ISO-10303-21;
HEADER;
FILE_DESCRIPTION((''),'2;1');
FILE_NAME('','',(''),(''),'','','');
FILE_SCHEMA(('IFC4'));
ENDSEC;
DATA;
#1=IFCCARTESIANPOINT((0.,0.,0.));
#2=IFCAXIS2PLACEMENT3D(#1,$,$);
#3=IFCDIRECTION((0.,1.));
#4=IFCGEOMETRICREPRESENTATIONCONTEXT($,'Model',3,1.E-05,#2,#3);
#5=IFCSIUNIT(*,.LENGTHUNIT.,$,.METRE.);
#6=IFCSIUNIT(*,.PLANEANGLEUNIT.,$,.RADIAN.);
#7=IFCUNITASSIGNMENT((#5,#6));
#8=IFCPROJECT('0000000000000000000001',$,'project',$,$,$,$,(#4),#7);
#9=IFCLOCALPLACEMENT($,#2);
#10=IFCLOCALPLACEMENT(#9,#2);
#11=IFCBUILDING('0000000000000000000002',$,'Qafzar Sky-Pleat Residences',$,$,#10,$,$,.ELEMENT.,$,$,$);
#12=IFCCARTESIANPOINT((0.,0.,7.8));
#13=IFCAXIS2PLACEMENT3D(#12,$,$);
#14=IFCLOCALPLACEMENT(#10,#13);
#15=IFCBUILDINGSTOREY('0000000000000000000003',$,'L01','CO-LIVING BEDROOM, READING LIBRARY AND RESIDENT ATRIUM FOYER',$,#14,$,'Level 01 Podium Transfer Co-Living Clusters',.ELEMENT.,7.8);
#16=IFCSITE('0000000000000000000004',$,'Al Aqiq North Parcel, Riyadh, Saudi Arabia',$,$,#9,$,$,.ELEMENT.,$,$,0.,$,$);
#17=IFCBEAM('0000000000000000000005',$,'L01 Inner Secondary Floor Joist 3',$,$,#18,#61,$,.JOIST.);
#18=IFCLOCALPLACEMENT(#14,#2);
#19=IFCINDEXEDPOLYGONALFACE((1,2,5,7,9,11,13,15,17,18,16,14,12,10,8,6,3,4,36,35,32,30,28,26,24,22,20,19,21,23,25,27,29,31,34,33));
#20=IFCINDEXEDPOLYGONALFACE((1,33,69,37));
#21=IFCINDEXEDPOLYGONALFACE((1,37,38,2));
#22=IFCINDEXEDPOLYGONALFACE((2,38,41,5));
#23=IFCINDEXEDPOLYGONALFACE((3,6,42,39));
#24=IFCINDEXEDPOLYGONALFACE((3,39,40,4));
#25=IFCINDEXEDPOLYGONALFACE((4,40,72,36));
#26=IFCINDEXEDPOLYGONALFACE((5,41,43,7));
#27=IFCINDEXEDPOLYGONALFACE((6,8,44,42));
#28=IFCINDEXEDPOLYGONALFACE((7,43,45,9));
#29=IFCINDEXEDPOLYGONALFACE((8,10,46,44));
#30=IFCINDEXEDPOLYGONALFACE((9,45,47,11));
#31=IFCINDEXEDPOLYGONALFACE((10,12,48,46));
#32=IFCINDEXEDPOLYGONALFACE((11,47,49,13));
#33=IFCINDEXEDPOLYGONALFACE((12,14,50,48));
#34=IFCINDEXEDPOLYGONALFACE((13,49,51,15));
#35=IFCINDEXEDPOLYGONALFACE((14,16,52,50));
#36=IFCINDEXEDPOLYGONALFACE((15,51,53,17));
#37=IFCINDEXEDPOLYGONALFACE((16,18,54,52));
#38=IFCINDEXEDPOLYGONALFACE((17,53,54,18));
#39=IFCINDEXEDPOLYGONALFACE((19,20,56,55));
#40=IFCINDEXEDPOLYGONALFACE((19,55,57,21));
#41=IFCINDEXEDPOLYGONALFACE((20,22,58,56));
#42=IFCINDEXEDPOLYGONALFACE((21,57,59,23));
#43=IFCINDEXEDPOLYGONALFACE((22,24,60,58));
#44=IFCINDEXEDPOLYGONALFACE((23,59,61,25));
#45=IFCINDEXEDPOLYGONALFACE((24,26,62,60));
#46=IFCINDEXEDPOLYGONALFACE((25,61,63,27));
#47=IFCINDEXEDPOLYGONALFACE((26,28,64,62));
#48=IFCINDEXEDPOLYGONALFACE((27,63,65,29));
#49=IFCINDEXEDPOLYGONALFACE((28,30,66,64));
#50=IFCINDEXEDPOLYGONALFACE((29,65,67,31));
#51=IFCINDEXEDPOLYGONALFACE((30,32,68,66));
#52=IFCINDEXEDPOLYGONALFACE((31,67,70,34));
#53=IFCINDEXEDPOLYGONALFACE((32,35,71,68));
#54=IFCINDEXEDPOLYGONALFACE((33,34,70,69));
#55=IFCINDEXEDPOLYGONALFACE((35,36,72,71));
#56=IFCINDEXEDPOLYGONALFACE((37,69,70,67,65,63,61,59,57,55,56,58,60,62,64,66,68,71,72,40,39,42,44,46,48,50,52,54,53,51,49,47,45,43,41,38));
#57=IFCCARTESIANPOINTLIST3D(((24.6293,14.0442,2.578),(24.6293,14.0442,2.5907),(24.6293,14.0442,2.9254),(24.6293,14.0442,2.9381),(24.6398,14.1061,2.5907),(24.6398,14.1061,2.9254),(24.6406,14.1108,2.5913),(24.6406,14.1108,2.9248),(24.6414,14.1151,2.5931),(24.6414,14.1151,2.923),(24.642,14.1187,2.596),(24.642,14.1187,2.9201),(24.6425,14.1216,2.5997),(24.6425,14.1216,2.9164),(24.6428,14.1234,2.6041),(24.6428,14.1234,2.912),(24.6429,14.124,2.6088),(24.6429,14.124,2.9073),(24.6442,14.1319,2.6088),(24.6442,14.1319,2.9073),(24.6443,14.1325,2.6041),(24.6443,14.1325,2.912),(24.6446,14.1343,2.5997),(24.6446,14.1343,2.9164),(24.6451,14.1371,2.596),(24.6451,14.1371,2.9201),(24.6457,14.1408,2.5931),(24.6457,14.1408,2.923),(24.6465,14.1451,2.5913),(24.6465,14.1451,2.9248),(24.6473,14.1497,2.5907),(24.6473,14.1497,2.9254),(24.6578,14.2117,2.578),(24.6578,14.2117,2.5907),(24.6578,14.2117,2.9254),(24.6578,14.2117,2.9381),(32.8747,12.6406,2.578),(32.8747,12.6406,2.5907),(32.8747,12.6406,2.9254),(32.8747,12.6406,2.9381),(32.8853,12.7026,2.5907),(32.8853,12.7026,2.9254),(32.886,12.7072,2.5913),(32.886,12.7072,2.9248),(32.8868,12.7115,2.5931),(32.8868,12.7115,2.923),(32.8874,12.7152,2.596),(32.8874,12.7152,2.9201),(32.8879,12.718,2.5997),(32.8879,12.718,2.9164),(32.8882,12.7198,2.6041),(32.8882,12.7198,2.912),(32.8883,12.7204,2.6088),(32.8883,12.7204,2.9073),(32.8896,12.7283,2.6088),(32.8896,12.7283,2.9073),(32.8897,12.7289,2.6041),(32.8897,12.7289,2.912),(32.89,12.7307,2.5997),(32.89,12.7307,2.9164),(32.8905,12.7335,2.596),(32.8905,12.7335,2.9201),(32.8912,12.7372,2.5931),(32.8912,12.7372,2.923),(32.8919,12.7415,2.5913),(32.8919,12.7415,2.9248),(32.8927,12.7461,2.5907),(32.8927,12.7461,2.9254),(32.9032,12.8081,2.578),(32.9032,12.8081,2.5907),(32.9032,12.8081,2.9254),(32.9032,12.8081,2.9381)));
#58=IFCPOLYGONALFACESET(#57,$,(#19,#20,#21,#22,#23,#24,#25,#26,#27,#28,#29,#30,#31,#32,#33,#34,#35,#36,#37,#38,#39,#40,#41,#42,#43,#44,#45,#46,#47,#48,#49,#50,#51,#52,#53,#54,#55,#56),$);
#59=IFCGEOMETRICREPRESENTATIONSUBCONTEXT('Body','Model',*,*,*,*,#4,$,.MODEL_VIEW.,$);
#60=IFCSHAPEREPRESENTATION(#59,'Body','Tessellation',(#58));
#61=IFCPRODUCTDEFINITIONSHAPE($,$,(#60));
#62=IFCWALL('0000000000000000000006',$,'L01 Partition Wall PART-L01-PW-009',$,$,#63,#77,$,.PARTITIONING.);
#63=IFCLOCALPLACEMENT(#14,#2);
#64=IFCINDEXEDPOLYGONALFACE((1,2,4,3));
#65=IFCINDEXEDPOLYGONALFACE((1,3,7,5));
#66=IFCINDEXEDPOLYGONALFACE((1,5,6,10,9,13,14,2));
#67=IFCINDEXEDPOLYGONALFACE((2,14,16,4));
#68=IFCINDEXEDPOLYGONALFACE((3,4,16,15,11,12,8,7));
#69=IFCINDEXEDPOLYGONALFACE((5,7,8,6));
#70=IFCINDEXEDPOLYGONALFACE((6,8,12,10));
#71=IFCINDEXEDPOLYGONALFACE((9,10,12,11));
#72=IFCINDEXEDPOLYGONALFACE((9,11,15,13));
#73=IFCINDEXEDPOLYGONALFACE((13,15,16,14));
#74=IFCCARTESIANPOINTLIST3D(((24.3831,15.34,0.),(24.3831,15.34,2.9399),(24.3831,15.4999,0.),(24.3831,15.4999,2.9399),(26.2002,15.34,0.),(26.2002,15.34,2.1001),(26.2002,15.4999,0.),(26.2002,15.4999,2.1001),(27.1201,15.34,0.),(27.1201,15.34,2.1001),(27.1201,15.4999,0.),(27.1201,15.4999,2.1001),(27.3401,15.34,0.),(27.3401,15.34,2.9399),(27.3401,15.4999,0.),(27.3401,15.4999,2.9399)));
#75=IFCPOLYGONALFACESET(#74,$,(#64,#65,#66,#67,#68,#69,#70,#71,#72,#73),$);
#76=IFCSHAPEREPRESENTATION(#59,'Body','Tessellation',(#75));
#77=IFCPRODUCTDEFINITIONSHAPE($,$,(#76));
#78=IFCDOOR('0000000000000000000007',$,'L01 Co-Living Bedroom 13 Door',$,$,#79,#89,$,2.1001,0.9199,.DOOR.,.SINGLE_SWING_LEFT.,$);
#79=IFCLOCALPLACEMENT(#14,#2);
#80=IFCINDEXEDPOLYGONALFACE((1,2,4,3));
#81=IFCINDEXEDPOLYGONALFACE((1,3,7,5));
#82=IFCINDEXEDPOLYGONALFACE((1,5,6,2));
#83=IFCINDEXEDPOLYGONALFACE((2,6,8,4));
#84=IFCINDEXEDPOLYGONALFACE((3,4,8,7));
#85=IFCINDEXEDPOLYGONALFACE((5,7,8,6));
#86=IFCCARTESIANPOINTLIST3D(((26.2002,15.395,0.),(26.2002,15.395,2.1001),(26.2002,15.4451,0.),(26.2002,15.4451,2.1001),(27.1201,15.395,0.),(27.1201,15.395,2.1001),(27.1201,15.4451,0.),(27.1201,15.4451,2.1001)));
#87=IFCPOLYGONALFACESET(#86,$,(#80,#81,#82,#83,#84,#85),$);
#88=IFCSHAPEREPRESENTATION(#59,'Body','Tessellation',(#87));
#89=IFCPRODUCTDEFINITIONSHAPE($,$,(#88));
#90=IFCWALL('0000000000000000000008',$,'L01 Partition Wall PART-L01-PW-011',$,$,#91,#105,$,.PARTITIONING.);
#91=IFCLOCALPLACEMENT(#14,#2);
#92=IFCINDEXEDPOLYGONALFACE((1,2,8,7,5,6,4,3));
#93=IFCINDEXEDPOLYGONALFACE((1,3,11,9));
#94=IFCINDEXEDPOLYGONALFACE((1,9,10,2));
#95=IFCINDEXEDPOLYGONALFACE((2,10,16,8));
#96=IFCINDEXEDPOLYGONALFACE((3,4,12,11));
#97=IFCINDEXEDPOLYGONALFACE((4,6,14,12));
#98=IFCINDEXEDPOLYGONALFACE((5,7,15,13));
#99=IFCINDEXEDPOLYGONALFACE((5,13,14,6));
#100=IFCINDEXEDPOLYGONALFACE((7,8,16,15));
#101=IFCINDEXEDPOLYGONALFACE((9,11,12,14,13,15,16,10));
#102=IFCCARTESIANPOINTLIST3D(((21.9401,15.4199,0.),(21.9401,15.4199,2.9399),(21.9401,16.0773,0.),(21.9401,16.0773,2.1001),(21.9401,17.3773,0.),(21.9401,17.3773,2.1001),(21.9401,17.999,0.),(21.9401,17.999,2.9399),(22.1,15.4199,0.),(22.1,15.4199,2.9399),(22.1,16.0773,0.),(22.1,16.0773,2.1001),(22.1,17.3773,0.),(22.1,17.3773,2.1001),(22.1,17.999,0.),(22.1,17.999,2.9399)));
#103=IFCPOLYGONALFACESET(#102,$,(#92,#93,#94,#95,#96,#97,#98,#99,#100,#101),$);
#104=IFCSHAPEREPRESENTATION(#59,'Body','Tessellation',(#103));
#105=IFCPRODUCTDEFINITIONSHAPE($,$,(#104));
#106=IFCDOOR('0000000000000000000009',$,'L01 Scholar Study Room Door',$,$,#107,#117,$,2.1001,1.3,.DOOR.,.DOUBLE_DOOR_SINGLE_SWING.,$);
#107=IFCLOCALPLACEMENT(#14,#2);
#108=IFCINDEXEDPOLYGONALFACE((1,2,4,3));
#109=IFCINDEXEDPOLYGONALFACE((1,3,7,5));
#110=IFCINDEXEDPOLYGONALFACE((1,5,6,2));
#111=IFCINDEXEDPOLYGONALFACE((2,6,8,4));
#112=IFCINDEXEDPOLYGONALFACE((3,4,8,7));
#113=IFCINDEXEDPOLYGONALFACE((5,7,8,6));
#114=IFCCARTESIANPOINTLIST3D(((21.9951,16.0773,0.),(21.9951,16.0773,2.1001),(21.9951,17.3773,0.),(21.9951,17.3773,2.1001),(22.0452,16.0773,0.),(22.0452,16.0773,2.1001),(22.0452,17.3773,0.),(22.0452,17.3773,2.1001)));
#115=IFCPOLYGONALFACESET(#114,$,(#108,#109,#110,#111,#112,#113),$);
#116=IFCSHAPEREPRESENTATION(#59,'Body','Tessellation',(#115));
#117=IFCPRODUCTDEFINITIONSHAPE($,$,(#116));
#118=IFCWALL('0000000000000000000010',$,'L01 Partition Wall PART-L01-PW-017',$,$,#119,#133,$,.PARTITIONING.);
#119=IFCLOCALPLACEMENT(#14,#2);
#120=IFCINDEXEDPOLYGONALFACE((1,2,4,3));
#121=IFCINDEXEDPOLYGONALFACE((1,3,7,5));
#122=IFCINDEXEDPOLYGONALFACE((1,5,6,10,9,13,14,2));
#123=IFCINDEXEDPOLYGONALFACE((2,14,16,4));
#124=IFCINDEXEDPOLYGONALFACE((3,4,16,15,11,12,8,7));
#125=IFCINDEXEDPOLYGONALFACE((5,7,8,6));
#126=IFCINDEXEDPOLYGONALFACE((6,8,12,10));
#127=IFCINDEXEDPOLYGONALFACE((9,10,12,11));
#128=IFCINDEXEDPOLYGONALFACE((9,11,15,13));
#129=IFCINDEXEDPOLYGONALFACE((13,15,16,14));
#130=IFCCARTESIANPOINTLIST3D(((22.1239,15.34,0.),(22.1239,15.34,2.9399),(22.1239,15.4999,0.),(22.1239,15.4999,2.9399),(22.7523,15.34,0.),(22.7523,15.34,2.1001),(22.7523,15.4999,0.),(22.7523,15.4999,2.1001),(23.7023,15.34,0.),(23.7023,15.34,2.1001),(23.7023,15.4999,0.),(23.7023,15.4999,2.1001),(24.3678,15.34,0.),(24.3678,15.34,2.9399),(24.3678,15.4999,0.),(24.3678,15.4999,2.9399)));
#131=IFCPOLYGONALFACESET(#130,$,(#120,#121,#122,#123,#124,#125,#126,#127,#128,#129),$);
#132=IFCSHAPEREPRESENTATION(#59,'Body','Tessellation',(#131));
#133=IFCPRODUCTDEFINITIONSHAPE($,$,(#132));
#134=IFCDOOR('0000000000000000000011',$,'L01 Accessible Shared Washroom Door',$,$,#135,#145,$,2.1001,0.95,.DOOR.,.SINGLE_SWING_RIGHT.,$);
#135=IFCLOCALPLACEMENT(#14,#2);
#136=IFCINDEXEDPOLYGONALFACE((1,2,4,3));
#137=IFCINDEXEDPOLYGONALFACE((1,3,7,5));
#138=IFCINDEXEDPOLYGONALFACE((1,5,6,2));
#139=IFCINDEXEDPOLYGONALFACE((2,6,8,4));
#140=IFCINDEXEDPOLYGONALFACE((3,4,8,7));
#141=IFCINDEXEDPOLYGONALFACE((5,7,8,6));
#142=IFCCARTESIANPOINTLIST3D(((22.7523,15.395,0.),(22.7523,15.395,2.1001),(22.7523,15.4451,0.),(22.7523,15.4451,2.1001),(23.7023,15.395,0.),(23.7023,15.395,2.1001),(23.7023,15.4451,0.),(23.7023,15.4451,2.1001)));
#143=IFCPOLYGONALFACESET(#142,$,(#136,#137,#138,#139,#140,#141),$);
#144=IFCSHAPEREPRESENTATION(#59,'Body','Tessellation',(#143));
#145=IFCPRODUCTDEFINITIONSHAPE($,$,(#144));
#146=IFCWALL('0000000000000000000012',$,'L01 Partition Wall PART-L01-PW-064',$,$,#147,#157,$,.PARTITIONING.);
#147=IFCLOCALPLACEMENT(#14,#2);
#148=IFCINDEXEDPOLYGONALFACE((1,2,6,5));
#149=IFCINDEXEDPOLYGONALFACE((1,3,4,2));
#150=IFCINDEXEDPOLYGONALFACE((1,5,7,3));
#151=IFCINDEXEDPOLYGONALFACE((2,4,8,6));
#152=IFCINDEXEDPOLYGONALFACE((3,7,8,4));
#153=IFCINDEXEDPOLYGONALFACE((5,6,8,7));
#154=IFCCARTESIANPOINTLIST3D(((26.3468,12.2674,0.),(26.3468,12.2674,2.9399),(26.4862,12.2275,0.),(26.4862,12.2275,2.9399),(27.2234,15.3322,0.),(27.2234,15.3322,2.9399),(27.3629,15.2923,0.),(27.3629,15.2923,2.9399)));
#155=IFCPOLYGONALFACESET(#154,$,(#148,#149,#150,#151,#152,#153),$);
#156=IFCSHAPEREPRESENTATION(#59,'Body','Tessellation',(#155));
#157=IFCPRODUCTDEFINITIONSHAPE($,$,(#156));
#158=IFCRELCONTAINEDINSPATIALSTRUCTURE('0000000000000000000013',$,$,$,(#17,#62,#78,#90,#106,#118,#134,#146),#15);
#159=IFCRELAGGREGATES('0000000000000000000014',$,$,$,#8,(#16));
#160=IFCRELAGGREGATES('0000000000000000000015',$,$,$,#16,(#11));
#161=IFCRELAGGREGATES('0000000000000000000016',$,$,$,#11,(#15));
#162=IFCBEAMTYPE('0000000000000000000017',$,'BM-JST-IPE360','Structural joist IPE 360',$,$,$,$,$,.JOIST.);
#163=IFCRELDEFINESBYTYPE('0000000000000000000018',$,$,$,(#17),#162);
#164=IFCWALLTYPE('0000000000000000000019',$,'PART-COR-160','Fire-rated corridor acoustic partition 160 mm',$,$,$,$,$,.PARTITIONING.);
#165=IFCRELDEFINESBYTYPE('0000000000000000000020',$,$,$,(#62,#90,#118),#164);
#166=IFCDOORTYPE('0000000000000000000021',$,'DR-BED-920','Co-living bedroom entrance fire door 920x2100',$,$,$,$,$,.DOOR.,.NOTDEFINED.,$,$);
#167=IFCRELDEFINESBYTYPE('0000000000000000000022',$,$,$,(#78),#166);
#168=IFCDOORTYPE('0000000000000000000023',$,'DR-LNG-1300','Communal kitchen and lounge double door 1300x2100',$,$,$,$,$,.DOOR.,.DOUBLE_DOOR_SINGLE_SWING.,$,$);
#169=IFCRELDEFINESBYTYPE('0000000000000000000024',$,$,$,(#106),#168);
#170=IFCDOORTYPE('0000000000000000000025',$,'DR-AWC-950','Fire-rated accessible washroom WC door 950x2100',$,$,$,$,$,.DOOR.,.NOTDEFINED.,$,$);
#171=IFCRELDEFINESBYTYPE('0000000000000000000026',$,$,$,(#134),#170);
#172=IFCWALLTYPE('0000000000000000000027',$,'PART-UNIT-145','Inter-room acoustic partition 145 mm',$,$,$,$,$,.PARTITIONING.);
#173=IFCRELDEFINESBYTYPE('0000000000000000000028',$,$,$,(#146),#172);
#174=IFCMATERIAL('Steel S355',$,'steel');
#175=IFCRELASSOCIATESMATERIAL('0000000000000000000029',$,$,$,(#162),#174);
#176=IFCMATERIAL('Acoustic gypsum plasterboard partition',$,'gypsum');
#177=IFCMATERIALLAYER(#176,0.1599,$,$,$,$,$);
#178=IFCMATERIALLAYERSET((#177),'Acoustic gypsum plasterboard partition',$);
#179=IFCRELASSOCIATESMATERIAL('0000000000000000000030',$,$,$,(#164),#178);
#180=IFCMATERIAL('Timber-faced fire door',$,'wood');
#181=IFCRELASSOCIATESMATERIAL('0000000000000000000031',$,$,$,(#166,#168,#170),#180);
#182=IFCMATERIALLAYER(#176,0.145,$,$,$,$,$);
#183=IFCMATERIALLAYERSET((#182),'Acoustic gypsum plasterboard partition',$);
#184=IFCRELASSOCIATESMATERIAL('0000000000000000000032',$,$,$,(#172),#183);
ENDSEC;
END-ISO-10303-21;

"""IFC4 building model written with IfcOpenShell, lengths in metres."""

from ifc_helpers import new_model, si_unit, direction, frame, frame_2d, origin, origin_2d, place, context, subcontext, project, spatial, rectangle, i_section, extrude, source, transform, mapped, material, layer, layer_set, material_profile, profile_set, type_object, element, fill, save


model = new_model("IFC4")

# Units and contexts
model_context = context("Model", 3, precision=1e-05, world=origin(), true_north=direction((0.0, 1.0)))
body_context = subcontext(model_context, "Body", "Model", "MODEL_VIEW")
ifc_project = project(units=[si_unit("LENGTHUNIT", "METRE"), si_unit("PLANEANGLEUNIT", "RADIAN")], contexts=[model_context])

# Site, building, storey
site_placement = place(None, origin())
site = spatial("IfcSite", under=ifc_project, at=site_placement, Name="Al Aqiq North Parcel, Riyadh, Saudi Arabia", CompositionType="ELEMENT", RefElevation=0.0)
building_placement = place(site_placement, origin())
building = spatial("IfcBuilding", under=site, at=building_placement, Name="Qafzar Sky-Pleat Residences", CompositionType="ELEMENT")
storey_placement = place(building_placement, frame((0.0, 0.0, 7.8)))
storey = spatial("IfcBuildingStorey", under=building, at=storey_placement, Name="L01", Description="CO-LIVING BEDROOM, READING LIBRARY AND RESIDENT ATRIUM FOYER", LongName="Level 01 Podium Transfer Co-Living Clusters", CompositionType="ELEMENT", Elevation=7.8)

# Beam
ifc_material_1 = material(Name="Steel S355", Category="steel")
ifc_material_profile = material_profile(ifc_material_1, i_section(OverallWidth=0.1699, OverallDepth=0.3601, WebThickness=0.0081, FlangeThickness=0.0127, FilletRadius=0.0181, at=origin_2d()), Name="IPE 360")
ifc_profile_set = profile_set([ifc_material_profile], Name="Steel S355")
beam_type = type_object("IfcBeamType", Name="BM-JST-IPE360", Description="Structural joist IPE 360", PredefinedType="JOIST", material=ifc_profile_set)
shared_shape_1 = source(origin(), body_context, "Body", "SweptSolid", [
    extrude(i_section(OverallWidth=0.1699, OverallDepth=0.3601, WebThickness=0.0081, FlangeThickness=0.0127, FilletRadius=0.0181, at=origin_2d()), origin(), (0.0, 0.0, 1.0), 8.364),
])
beam_placement = place(storey_placement, frame((24.6436, 14.1279, 2.7581), z_axis=(0.985819, -0.167811, 0.0), x_axis=(0.167811, 0.985819, 0.0)))
element("IfcBeam", 1, at=beam_placement, inside=storey, type_object=beam_type, Name="L01 Inner Secondary Floor Joist 3", PredefinedType="JOIST", context=body_context, shape_type="MappedRepresentation", body=[
    mapped(shared_shape_1, transform((0.0, 0.0, 0.0), x_axis=(1.0, 0.0, 0.0), y_axis=(0.0, 1.0, 0.0), z_axis=(0.0, 0.0, 1.0), scale=1.0)),
])

# Walls, openings, doors
ifc_material_2 = material(Name="Acoustic gypsum plasterboard partition", Category="gypsum")
ifc_layer_1 = layer(ifc_material_2, 0.1599)
ifc_layer_set_1 = layer_set([ifc_layer_1], Name="Acoustic gypsum plasterboard partition")
wall_type_1 = type_object("IfcWallType", Name="PART-COR-160", Description="Fire-rated corridor acoustic partition 160 mm", PredefinedType="PARTITIONING", material=ifc_layer_set_1)
wall_1_placement = place(storey_placement, frame((27.3401, 15.4199, 0.0), z_axis=(0.0, 0.0, 1.0), x_axis=(-1.0, 0.0, 0.0)))
wall_1 = element("IfcWall", 2, at=wall_1_placement, inside=storey, type_object=wall_type_1, Name="L01 Partition Wall PART-L01-PW-009", PredefinedType="PARTITIONING", context=body_context, shape_type="SweptSolid", body=[
    extrude(rectangle(XDim=2.957, YDim=0.1599, at=frame_2d((1.4785, 0.0))), origin(), (0.0, 0.0, 1.0), 2.9399),
])
opening_1_placement = place(wall_1_placement, frame((0.22, 0.0, 0.0)))
opening_1 = element("IfcOpeningElement", 3, at=opening_1_placement, cuts=wall_1, PredefinedType="OPENING", context=body_context, shape_type="SweptSolid", body=[
    extrude(rectangle(XDim=0.9199, YDim=2.1001, at=frame_2d((0.46, 1.05))), frame((0.0, 0.0898, 0.0), z_axis=(0.0, -1.0, 0.0), x_axis=(1.0, 0.0, 0.0)), (0.0, 0.0, 1.0), 0.1799),
])
ifc_material_3 = material(Name="Timber-faced fire door", Category="wood")
door_type_1 = type_object("IfcDoorType", Name="DR-BED-920", Description="Co-living bedroom entrance fire door 920x2100", OperationType="NOTDEFINED", PredefinedType="DOOR", material=ifc_material_3)
shared_shape_2 = source(origin(), body_context, "Body", "SweptSolid", [
    extrude(rectangle(XDim=0.9199, YDim=2.1001, at=frame_2d((0.46, 1.05))), frame((0.0, 0.0249, 0.0), z_axis=(0.0, -1.0, 0.0), x_axis=(1.0, 0.0, 0.0)), (0.0, 0.0, 1.0), 0.05),
])
door_1_placement = place(opening_1_placement, origin())
door_1 = element("IfcDoor", 4, at=door_1_placement, inside=storey, type_object=door_type_1, Name="L01 Co-Living Bedroom 13 Door", OperationType="SINGLE_SWING_LEFT", OverallHeight=2.1001, OverallWidth=0.9199, PredefinedType="DOOR", context=body_context, shape_type="MappedRepresentation", body=[
    mapped(shared_shape_2, transform((0.0, 0.0, 0.0), x_axis=(1.0, 0.0, 0.0), y_axis=(0.0, 1.0, 0.0), z_axis=(0.0, 0.0, 1.0), scale=1.0)),
])
fill(opening_1, door_1)
wall_2_placement = place(storey_placement, frame((22.02, 15.4199, 0.0), z_axis=(0.0, 0.0, 1.0), x_axis=(0.0, 1.0, 0.0)))
wall_2 = element("IfcWall", 5, at=wall_2_placement, inside=storey, type_object=wall_type_1, Name="L01 Partition Wall PART-L01-PW-011", PredefinedType="PARTITIONING", context=body_context, shape_type="SweptSolid", body=[
    extrude(rectangle(XDim=2.5791, YDim=0.1599, at=frame_2d((1.2896, 0.0))), origin(), (0.0, 0.0, 1.0), 2.9399),
])
opening_2_placement = place(wall_2_placement, frame((0.6575, 0.0, 0.0)))
opening_2 = element("IfcOpeningElement", 6, at=opening_2_placement, cuts=wall_2, PredefinedType="OPENING", context=body_context, shape_type="SweptSolid", body=[
    extrude(rectangle(XDim=1.3, YDim=2.1001, at=frame_2d((0.6499, 1.05))), frame((0.0, 0.0898, 0.0), z_axis=(0.0, -1.0, 0.0), x_axis=(1.0, 0.0, 0.0)), (0.0, 0.0, 1.0), 0.1799),
])
door_type_2 = type_object("IfcDoorType", Name="DR-LNG-1300", Description="Communal kitchen and lounge double door 1300x2100", OperationType="DOUBLE_DOOR_SINGLE_SWING", PredefinedType="DOOR", material=ifc_material_3)
shared_shape_3 = source(origin(), body_context, "Body", "SweptSolid", [
    extrude(rectangle(XDim=1.3, YDim=2.1001, at=frame_2d((0.6499, 1.05))), frame((0.0, 0.0249, 0.0), z_axis=(0.0, -1.0, 0.0), x_axis=(1.0, 0.0, 0.0)), (0.0, 0.0, 1.0), 0.05),
])
door_2_placement = place(opening_2_placement, origin())
door_2 = element("IfcDoor", 7, at=door_2_placement, inside=storey, type_object=door_type_2, Name="L01 Scholar Study Room Door", OperationType="DOUBLE_DOOR_SINGLE_SWING", OverallHeight=2.1001, OverallWidth=1.3, PredefinedType="DOOR", context=body_context, shape_type="MappedRepresentation", body=[
    mapped(shared_shape_3, transform((0.0, 0.0, 0.0), x_axis=(1.0, 0.0, 0.0), y_axis=(0.0, 1.0, 0.0), z_axis=(0.0, 0.0, 1.0), scale=1.0)),
])
fill(opening_2, door_2)
wall_3_placement = place(storey_placement, frame((24.3679, 15.4199, 0.0), z_axis=(0.0, 0.0, 1.0), x_axis=(-1.0, 0.0, 0.0)))
wall_3 = element("IfcWall", 8, at=wall_3_placement, inside=storey, type_object=wall_type_1, Name="L01 Partition Wall PART-L01-PW-017", PredefinedType="PARTITIONING", context=body_context, shape_type="SweptSolid", body=[
    extrude(rectangle(XDim=2.2439, YDim=0.1599, at=frame_2d((1.1221, 0.0))), origin(), (0.0, 0.0, 1.0), 2.9399),
])
opening_3_placement = place(wall_3_placement, frame((0.6655, 0.0, 0.0)))
opening_3 = element("IfcOpeningElement", 9, at=opening_3_placement, cuts=wall_3, PredefinedType="OPENING", context=body_context, shape_type="SweptSolid", body=[
    extrude(rectangle(XDim=0.95, YDim=2.1001, at=frame_2d((0.4751, 1.05))), frame((0.0, 0.0898, 0.0), z_axis=(0.0, -1.0, 0.0), x_axis=(1.0, 0.0, 0.0)), (0.0, 0.0, 1.0), 0.1799),
])
door_type_3 = type_object("IfcDoorType", Name="DR-AWC-950", Description="Fire-rated accessible washroom WC door 950x2100", OperationType="NOTDEFINED", PredefinedType="DOOR", material=ifc_material_3)
shared_shape_4 = source(origin(), body_context, "Body", "SweptSolid", [
    extrude(rectangle(XDim=0.95, YDim=2.1001, at=frame_2d((0.4751, 1.05))), frame((0.0, 0.0249, 0.0), z_axis=(0.0, -1.0, 0.0), x_axis=(1.0, 0.0, 0.0)), (0.0, 0.0, 1.0), 0.05),
])
door_3_placement = place(opening_3_placement, origin())
door_3 = element("IfcDoor", 10, at=door_3_placement, inside=storey, type_object=door_type_3, Name="L01 Accessible Shared Washroom Door", OperationType="SINGLE_SWING_RIGHT", OverallHeight=2.1001, OverallWidth=0.95, PredefinedType="DOOR", context=body_context, shape_type="MappedRepresentation", body=[
    mapped(shared_shape_4, transform((0.0, 0.0, 0.0), x_axis=(1.0, 0.0, 0.0), y_axis=(0.0, 1.0, 0.0), z_axis=(0.0, 0.0, 1.0), scale=1.0)),
])
fill(opening_3, door_3)

# Wall
ifc_layer_2 = layer(ifc_material_2, 0.145)
ifc_layer_set_2 = layer_set([ifc_layer_2], Name="Acoustic gypsum plasterboard partition")
wall_type_2 = type_object("IfcWallType", Name="PART-UNIT-145", Description="Inter-room acoustic partition 145 mm", PredefinedType="PARTITIONING", material=ifc_layer_set_2)
wall_4_placement = place(storey_placement, frame((26.4165, 12.2476, 0.0), z_axis=(0.0, 0.0, 1.0), x_axis=(0.275014, 0.96144, 0.0)))
element("IfcWall", 11, at=wall_4_placement, inside=storey, type_object=wall_type_2, Name="L01 Partition Wall PART-L01-PW-064", PredefinedType="PARTITIONING", context=body_context, shape_type="SweptSolid", body=[
    extrude(rectangle(XDim=3.1877, YDim=0.145, at=frame_2d((1.5938, 0.0))), origin(), (0.0, 0.0, 1.0), 2.9399),
])

save(model, "model.ifc")
